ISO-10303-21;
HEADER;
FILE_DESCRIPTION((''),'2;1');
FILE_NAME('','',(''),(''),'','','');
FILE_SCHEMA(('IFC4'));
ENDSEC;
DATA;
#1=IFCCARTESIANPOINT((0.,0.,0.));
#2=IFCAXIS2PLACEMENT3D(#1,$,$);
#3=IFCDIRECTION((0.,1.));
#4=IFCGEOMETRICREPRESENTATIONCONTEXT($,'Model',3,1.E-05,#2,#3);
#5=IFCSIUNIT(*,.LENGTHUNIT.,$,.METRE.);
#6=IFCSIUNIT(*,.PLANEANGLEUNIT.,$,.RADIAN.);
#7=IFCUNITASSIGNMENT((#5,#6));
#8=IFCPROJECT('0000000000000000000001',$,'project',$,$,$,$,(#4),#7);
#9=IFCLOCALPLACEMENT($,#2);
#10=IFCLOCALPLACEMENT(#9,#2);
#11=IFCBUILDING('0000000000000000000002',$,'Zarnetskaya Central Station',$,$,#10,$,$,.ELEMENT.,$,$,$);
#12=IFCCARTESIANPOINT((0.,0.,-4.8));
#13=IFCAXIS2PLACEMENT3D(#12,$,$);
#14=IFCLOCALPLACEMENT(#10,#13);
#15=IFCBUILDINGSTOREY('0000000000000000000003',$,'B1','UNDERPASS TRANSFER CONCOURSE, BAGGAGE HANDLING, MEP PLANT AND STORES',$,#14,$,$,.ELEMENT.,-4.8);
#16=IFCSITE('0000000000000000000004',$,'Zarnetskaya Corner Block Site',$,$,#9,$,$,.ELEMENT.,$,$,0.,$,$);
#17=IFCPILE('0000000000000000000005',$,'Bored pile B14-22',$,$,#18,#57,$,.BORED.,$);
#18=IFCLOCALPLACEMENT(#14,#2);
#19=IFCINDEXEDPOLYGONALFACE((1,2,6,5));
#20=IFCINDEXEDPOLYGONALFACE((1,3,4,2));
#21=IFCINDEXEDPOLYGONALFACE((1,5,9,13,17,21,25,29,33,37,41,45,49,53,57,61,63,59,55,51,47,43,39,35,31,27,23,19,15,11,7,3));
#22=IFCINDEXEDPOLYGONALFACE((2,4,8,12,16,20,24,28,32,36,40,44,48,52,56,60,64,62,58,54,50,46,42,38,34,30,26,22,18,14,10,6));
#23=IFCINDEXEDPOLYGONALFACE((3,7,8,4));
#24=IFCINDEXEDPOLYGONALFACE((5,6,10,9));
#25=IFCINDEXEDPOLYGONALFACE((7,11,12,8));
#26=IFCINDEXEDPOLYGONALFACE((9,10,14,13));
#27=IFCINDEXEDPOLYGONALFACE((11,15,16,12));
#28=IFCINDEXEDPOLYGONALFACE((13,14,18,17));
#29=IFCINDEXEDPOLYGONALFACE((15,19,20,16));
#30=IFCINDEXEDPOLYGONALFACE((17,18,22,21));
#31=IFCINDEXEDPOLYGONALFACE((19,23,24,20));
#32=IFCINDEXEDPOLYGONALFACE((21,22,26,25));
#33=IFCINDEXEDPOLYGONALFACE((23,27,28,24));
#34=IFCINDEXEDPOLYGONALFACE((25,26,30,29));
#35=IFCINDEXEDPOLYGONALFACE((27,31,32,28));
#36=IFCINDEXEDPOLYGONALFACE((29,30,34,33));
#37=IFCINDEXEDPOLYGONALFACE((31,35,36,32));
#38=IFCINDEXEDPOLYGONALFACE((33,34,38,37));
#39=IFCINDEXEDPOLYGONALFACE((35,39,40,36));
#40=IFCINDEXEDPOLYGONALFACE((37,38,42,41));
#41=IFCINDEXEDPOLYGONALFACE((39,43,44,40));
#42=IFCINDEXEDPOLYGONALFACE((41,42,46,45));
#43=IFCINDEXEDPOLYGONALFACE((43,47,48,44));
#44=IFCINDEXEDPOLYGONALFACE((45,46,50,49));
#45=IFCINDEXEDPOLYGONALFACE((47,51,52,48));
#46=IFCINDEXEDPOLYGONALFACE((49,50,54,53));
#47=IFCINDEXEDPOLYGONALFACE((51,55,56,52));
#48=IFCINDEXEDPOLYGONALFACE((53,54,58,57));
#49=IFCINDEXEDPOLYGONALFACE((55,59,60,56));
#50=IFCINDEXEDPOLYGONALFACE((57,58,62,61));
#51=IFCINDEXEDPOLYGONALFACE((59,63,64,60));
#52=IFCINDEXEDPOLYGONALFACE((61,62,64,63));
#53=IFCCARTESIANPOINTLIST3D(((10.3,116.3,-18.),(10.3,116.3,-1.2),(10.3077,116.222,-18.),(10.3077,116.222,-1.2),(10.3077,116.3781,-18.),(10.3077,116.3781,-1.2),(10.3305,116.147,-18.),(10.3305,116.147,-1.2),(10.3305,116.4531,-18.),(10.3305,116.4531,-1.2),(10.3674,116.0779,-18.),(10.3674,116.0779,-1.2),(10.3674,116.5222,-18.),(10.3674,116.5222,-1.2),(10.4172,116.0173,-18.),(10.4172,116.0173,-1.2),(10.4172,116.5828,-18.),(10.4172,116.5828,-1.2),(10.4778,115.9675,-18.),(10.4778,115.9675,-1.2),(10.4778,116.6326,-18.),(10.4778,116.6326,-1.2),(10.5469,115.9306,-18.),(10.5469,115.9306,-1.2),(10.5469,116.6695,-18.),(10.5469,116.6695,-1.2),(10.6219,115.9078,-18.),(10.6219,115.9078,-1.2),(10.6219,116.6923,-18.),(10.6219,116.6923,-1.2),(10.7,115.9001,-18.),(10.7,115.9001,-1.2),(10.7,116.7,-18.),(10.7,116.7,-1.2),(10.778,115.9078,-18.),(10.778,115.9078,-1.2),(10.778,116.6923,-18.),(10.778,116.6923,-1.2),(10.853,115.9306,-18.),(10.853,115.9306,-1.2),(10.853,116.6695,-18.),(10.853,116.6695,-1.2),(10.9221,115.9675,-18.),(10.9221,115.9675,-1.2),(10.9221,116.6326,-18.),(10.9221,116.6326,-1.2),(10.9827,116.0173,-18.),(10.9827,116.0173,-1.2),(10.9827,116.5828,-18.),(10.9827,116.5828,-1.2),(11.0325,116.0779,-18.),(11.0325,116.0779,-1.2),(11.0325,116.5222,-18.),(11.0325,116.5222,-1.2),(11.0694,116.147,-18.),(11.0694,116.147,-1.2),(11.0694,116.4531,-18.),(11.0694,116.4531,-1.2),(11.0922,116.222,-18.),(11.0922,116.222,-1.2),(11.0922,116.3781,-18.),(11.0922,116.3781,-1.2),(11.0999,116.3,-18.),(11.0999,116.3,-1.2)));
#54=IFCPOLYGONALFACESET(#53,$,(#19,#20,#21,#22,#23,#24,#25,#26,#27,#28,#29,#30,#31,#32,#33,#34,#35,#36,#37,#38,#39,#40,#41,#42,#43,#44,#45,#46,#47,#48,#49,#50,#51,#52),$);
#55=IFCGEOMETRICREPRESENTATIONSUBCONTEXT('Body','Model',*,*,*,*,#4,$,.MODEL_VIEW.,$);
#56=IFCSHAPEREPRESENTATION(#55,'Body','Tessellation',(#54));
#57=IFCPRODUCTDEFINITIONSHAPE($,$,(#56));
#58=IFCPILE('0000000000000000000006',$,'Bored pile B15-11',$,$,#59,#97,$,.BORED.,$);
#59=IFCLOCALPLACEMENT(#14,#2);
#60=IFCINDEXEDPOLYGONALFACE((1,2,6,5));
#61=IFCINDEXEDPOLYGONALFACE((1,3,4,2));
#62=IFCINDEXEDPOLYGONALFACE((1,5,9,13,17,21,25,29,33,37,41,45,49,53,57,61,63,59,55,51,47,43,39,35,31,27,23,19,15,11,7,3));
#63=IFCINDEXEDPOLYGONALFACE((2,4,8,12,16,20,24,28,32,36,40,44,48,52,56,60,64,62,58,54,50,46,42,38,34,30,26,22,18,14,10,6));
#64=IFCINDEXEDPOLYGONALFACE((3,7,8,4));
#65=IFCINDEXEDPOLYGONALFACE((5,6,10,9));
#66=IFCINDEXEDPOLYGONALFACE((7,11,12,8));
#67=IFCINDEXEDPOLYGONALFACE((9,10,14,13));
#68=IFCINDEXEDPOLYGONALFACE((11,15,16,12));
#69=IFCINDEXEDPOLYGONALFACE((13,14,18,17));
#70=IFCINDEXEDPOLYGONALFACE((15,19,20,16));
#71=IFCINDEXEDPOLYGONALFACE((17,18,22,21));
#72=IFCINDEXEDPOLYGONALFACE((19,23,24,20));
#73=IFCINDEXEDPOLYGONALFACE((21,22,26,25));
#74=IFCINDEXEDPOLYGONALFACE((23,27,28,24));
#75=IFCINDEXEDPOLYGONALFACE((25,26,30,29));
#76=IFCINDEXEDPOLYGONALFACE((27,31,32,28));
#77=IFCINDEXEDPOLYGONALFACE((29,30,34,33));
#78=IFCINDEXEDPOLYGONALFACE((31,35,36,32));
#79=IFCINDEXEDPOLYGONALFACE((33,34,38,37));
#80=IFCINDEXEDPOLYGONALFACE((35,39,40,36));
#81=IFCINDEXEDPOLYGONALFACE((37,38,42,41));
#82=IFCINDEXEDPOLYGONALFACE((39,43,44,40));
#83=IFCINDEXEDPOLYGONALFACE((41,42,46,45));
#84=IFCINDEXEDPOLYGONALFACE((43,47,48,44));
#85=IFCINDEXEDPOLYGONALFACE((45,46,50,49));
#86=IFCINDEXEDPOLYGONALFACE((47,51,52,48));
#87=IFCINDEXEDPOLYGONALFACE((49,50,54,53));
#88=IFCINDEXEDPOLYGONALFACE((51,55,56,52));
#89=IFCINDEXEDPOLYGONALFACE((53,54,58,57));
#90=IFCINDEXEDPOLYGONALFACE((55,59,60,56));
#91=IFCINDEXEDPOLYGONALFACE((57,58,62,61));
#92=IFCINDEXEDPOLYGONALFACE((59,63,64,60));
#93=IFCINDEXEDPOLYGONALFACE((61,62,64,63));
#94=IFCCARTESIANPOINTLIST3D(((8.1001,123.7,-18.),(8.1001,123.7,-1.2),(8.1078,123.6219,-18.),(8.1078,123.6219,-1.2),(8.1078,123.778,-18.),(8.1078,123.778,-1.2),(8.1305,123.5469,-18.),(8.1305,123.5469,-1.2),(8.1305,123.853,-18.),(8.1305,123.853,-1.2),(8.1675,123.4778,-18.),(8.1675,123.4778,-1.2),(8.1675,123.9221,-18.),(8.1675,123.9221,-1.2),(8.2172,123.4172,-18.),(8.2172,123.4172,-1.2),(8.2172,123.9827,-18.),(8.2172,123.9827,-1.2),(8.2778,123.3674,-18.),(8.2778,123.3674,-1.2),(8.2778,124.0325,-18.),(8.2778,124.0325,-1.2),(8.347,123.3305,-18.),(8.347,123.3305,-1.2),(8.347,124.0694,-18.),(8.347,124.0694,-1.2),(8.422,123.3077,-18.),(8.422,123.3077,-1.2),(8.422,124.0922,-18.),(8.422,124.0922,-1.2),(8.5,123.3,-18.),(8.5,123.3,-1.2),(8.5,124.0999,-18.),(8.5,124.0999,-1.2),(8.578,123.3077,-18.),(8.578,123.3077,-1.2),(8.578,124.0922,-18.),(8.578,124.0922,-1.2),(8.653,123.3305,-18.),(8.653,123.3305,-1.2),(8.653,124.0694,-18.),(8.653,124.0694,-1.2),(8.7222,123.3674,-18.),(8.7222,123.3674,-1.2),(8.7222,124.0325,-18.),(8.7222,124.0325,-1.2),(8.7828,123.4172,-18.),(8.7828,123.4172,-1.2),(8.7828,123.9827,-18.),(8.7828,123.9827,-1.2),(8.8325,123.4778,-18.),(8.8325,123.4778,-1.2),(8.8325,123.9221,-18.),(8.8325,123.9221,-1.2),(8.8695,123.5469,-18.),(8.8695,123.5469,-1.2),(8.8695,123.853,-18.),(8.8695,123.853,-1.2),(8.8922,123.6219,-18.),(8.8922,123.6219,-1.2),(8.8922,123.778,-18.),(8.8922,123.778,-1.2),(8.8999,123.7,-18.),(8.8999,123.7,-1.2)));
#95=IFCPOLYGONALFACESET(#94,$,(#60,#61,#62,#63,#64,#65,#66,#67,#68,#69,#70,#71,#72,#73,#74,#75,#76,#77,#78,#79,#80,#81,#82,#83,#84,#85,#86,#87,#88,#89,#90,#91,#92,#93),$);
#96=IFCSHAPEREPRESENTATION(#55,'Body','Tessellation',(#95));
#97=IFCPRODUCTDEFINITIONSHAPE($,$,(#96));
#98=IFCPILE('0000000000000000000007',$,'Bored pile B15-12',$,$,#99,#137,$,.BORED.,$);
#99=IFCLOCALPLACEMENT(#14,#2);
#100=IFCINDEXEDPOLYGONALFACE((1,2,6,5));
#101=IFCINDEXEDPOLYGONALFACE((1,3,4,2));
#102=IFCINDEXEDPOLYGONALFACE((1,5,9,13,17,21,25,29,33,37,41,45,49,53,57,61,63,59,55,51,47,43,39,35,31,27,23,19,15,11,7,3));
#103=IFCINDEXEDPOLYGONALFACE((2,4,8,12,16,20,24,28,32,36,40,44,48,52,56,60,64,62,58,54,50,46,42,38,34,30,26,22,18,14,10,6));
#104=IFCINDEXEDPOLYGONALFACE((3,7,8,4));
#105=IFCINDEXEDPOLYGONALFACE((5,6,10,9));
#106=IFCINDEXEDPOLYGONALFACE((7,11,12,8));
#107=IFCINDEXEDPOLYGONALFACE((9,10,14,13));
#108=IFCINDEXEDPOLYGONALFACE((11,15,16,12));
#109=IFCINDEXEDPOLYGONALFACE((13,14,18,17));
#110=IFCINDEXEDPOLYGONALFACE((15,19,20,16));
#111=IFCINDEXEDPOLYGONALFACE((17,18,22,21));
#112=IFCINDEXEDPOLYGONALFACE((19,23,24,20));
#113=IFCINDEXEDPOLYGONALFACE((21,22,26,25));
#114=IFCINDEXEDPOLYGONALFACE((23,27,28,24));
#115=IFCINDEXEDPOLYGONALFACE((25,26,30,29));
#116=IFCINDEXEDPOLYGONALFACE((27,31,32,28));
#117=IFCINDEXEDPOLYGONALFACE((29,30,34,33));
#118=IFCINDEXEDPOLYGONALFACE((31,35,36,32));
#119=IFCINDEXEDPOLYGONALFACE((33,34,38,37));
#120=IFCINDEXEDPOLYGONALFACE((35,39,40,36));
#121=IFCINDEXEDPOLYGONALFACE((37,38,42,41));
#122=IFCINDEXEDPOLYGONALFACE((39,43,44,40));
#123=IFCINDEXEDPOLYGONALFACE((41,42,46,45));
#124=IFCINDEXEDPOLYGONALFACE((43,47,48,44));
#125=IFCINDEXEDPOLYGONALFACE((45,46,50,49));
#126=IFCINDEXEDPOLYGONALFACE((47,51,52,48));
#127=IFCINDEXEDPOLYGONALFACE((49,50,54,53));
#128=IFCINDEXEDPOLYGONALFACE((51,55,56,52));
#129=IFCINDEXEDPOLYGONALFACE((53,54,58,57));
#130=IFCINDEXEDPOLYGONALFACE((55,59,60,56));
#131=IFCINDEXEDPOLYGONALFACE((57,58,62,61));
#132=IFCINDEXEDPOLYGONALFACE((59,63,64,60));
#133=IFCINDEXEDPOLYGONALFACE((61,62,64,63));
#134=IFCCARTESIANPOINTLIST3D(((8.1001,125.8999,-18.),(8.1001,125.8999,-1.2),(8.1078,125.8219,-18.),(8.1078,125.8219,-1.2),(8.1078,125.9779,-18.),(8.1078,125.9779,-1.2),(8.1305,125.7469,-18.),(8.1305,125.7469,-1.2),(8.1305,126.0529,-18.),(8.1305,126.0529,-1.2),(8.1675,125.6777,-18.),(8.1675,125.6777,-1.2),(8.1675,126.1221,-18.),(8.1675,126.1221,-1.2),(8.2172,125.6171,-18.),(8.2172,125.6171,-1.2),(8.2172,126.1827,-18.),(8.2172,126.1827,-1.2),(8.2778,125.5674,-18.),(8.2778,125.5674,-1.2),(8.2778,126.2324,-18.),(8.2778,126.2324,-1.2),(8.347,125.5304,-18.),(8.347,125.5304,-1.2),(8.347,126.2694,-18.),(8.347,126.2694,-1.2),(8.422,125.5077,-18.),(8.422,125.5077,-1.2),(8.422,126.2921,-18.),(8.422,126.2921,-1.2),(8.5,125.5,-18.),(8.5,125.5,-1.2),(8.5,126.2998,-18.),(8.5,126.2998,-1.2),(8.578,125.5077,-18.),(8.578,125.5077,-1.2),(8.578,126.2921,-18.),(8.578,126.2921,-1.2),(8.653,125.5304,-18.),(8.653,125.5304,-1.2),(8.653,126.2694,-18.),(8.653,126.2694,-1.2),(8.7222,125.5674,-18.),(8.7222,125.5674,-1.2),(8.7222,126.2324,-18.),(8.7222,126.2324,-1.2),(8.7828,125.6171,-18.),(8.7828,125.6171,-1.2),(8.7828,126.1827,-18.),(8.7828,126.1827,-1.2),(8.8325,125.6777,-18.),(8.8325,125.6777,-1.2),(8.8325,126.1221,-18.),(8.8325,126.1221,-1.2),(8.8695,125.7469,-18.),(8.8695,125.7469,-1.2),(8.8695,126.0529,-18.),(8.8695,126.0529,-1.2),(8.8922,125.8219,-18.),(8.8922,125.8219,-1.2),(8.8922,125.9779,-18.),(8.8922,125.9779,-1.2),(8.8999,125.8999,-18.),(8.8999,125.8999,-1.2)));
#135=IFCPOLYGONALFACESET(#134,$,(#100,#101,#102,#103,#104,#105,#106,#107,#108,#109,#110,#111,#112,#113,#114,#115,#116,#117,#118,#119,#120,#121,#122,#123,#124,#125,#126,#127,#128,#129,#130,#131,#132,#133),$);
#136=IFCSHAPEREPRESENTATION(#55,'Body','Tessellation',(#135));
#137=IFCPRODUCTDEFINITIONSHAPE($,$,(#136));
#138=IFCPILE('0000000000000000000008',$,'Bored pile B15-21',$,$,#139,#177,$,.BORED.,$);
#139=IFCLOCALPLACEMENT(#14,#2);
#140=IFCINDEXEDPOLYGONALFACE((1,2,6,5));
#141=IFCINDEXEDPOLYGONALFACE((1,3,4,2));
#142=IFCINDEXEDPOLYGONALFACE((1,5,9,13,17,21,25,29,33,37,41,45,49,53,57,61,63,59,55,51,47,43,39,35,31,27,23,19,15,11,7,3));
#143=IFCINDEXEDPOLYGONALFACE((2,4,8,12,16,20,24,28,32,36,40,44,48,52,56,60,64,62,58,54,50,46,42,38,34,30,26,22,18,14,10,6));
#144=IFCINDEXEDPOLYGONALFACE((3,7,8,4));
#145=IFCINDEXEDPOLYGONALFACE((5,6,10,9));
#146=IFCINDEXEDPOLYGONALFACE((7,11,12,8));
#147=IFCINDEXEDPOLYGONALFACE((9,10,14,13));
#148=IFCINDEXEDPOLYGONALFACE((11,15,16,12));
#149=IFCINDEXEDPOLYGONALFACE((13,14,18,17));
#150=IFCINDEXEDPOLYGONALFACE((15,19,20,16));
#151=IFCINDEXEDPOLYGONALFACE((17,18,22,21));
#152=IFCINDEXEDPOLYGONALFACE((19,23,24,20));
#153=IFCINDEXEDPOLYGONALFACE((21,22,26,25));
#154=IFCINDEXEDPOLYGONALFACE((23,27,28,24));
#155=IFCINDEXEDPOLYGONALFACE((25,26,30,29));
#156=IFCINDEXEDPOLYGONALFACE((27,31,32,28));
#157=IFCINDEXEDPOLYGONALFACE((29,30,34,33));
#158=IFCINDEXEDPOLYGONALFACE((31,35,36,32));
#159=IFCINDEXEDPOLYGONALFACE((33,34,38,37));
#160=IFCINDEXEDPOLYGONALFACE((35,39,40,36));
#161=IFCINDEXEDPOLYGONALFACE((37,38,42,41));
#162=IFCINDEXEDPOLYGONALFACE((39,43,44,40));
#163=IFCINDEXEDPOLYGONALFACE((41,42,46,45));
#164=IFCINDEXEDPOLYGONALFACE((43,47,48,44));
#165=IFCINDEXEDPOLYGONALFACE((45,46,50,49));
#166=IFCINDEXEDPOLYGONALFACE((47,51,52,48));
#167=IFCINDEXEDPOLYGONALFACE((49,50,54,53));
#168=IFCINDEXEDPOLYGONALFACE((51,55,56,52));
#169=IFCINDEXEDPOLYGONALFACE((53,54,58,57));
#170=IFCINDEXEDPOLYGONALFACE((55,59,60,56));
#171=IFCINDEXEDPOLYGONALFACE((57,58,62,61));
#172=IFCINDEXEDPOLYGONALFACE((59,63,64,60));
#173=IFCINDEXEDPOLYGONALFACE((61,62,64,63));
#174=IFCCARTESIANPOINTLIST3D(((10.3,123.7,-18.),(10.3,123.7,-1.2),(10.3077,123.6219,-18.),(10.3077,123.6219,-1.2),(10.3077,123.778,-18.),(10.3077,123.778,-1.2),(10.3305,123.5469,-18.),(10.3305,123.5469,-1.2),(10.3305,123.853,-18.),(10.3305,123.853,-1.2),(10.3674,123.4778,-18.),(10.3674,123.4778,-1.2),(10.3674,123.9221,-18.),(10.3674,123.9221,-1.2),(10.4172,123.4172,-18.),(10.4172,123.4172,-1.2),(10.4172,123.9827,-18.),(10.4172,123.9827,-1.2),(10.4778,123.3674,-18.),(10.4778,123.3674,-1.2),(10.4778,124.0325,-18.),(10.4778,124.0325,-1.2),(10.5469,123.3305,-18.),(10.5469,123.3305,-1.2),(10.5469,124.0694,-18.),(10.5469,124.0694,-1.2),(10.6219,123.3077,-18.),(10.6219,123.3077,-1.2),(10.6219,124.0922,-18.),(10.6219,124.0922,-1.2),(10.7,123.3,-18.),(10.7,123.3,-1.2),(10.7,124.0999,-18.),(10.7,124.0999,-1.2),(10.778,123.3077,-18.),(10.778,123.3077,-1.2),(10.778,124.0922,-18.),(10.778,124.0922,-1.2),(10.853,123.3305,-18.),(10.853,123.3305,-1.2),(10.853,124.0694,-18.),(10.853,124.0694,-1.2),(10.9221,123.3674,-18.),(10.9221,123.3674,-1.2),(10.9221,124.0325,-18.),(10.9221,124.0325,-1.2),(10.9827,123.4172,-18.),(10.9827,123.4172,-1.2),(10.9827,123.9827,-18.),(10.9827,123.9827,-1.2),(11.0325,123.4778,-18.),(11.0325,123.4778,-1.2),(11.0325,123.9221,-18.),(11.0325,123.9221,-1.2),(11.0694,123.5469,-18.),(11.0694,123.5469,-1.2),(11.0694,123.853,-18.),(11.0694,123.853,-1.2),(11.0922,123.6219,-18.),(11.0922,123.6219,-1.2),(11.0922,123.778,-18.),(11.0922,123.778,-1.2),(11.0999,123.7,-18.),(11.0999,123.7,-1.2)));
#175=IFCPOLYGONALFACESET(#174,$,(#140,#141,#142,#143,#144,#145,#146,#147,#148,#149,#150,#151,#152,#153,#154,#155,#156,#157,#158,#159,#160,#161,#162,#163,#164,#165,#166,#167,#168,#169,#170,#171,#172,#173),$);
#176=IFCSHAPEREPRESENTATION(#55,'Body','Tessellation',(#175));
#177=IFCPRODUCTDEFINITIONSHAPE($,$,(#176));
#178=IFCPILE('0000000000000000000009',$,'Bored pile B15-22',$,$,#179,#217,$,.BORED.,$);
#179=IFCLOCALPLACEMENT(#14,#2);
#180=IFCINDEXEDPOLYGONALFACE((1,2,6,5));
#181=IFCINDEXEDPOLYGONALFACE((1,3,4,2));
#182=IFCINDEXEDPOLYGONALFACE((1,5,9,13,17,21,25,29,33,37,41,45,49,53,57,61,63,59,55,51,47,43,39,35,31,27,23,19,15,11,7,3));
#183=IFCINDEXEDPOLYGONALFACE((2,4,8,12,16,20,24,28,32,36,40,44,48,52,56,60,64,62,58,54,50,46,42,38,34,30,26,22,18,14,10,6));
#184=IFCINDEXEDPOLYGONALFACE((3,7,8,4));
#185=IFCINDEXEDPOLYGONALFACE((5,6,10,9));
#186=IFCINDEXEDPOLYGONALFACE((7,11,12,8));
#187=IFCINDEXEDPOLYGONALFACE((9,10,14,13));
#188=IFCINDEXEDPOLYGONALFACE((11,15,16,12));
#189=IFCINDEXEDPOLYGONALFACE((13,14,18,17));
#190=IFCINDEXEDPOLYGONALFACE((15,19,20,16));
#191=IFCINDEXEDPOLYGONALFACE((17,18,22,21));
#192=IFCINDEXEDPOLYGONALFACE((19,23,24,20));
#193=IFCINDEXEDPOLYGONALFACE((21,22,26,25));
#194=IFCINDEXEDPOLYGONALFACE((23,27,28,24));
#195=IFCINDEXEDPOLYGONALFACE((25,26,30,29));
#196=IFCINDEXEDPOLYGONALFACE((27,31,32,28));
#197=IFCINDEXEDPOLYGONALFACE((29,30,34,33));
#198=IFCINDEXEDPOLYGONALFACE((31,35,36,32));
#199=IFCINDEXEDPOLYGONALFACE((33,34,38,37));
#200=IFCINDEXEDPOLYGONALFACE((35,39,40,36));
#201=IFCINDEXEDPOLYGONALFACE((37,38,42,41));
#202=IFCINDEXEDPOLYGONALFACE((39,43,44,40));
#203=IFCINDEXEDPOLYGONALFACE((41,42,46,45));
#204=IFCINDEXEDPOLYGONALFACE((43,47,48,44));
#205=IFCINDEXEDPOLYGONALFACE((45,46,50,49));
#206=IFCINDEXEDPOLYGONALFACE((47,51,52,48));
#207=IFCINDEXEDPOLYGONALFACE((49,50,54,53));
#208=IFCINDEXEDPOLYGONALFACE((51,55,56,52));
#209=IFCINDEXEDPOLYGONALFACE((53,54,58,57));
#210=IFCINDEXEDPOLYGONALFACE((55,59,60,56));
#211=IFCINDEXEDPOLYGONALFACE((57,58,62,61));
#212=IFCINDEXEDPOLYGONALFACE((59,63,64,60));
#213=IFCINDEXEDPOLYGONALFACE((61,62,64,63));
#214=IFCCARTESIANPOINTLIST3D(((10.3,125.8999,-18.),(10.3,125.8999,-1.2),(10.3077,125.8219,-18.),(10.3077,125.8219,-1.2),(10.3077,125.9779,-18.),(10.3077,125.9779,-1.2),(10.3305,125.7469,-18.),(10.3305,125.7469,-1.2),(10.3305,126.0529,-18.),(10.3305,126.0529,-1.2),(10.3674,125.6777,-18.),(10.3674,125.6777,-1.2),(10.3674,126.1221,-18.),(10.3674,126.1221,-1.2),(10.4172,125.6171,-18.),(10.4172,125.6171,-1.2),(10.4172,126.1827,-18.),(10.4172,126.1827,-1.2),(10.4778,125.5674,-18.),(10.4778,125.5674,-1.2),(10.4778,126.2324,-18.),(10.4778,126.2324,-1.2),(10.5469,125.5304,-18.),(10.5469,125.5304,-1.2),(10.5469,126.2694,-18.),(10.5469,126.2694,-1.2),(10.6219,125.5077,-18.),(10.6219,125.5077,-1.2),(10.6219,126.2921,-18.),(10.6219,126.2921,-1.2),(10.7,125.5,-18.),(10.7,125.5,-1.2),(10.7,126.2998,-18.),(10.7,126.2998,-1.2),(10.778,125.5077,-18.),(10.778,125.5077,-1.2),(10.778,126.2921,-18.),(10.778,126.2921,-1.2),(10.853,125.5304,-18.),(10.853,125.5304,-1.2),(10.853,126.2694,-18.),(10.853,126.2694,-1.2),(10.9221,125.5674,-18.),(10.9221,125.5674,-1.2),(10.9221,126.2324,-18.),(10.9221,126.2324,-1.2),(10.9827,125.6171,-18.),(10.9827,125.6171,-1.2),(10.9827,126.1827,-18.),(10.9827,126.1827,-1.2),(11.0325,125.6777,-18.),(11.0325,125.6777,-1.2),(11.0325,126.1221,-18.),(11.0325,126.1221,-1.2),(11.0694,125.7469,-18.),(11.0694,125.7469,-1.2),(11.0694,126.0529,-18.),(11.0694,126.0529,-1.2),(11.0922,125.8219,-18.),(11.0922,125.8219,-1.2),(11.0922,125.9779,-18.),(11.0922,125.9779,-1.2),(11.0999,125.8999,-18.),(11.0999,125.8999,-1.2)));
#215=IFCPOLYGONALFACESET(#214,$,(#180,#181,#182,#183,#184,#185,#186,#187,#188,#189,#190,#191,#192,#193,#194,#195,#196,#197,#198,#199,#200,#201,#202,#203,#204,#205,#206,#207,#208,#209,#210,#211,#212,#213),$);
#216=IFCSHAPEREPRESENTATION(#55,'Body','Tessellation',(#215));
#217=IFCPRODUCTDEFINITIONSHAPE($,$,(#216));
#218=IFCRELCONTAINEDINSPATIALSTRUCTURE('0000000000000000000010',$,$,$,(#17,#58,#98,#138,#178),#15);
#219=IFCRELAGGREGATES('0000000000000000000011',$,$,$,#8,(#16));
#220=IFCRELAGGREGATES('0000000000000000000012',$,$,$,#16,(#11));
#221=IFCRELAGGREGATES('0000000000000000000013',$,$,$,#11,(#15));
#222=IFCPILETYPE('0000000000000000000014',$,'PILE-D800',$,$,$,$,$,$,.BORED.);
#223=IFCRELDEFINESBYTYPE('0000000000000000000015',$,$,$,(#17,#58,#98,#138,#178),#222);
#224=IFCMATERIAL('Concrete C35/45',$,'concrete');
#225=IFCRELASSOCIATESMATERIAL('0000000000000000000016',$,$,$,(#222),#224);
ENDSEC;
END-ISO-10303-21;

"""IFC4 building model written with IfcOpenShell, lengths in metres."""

from ifc_helpers import new_model, si_unit, direction, frame, origin, origin_2d, place, context, subcontext, project, spatial, circle, extrude, material, material_profile, profile_set, type_object, element, save


model = new_model("IFC4")

# Units and contexts
model_context = context("Model", 3, precision=1e-05, world=origin(), true_north=direction((0.0, 1.0)))
body_context = subcontext(model_context, "Body", "Model", "MODEL_VIEW")
ifc_project = project(units=[si_unit("LENGTHUNIT", "METRE"), si_unit("PLANEANGLEUNIT", "RADIAN")], contexts=[model_context])

# Site, building, storey
site_placement = place(None, origin())
site = spatial("IfcSite", under=ifc_project, at=site_placement, Name="Zarnetskaya Corner Block Site", CompositionType="ELEMENT", RefElevation=0.0)
building_placement = place(site_placement, origin())
building = spatial("IfcBuilding", under=site, at=building_placement, Name="Zarnetskaya Central Station", CompositionType="ELEMENT")
storey_placement = place(building_placement, frame((0.0, 0.0, -4.8)))
storey = spatial("IfcBuildingStorey", under=building, at=storey_placement, Name="B1", Description="UNDERPASS TRANSFER CONCOURSE, BAGGAGE HANDLING, MEP PLANT AND STORES", CompositionType="ELEMENT", Elevation=-4.8)

# Shared definitions
ifc_material = material(Name="Concrete C35/45", Category="concrete")

# Piles
ifc_material_profile_1 = material_profile(ifc_material, circle(Radius=0.3999, at=origin_2d()), Name="BORED PILE D800")
ifc_profile_set_1 = profile_set([ifc_material_profile_1], Name="Concrete C35/45")
pile_type = type_object("IfcPileType", Name="PILE-D800", PredefinedType="BORED", material=ifc_profile_set_1)
for number, where, z_axis, x_axis, name in (
    (1, (10.7, 116.3, -1.2), (0.0, 0.0, -1.0), (1.0, 0.0, 0.0), "Bored pile B14-22"),
    (2, (8.5, 123.7, -1.2), (0.0, 0.0, -1.0), (1.0, 0.0, 0.0), "Bored pile B15-11"),
    (3, (8.5, 125.8999, -1.2), (0.0, 0.0, -1.0), (1.0, 0.0, 0.0), "Bored pile B15-12"),
    (4, (10.7, 123.7, -1.2), (0.0, 0.0, -1.0), (1.0, 0.0, 0.0), "Bored pile B15-21"),
    (5, (10.7, 125.8999, -1.2), (0.0, 0.0, -1.0), (1.0, 0.0, 0.0), "Bored pile B15-22"),
):
    element("IfcPile", number, at=place(storey_placement, frame(where, z_axis=z_axis, x_axis=x_axis)), inside=storey, type_object=pile_type, Name=name, PredefinedType="BORED", context=body_context, shape_type="SweptSolid", body=[
        extrude(circle(Radius=0.3999, at=origin_2d()), origin(), (0.0, 0.0, 1.0), 16.8),
    ])

save(model, "model.ifc")
